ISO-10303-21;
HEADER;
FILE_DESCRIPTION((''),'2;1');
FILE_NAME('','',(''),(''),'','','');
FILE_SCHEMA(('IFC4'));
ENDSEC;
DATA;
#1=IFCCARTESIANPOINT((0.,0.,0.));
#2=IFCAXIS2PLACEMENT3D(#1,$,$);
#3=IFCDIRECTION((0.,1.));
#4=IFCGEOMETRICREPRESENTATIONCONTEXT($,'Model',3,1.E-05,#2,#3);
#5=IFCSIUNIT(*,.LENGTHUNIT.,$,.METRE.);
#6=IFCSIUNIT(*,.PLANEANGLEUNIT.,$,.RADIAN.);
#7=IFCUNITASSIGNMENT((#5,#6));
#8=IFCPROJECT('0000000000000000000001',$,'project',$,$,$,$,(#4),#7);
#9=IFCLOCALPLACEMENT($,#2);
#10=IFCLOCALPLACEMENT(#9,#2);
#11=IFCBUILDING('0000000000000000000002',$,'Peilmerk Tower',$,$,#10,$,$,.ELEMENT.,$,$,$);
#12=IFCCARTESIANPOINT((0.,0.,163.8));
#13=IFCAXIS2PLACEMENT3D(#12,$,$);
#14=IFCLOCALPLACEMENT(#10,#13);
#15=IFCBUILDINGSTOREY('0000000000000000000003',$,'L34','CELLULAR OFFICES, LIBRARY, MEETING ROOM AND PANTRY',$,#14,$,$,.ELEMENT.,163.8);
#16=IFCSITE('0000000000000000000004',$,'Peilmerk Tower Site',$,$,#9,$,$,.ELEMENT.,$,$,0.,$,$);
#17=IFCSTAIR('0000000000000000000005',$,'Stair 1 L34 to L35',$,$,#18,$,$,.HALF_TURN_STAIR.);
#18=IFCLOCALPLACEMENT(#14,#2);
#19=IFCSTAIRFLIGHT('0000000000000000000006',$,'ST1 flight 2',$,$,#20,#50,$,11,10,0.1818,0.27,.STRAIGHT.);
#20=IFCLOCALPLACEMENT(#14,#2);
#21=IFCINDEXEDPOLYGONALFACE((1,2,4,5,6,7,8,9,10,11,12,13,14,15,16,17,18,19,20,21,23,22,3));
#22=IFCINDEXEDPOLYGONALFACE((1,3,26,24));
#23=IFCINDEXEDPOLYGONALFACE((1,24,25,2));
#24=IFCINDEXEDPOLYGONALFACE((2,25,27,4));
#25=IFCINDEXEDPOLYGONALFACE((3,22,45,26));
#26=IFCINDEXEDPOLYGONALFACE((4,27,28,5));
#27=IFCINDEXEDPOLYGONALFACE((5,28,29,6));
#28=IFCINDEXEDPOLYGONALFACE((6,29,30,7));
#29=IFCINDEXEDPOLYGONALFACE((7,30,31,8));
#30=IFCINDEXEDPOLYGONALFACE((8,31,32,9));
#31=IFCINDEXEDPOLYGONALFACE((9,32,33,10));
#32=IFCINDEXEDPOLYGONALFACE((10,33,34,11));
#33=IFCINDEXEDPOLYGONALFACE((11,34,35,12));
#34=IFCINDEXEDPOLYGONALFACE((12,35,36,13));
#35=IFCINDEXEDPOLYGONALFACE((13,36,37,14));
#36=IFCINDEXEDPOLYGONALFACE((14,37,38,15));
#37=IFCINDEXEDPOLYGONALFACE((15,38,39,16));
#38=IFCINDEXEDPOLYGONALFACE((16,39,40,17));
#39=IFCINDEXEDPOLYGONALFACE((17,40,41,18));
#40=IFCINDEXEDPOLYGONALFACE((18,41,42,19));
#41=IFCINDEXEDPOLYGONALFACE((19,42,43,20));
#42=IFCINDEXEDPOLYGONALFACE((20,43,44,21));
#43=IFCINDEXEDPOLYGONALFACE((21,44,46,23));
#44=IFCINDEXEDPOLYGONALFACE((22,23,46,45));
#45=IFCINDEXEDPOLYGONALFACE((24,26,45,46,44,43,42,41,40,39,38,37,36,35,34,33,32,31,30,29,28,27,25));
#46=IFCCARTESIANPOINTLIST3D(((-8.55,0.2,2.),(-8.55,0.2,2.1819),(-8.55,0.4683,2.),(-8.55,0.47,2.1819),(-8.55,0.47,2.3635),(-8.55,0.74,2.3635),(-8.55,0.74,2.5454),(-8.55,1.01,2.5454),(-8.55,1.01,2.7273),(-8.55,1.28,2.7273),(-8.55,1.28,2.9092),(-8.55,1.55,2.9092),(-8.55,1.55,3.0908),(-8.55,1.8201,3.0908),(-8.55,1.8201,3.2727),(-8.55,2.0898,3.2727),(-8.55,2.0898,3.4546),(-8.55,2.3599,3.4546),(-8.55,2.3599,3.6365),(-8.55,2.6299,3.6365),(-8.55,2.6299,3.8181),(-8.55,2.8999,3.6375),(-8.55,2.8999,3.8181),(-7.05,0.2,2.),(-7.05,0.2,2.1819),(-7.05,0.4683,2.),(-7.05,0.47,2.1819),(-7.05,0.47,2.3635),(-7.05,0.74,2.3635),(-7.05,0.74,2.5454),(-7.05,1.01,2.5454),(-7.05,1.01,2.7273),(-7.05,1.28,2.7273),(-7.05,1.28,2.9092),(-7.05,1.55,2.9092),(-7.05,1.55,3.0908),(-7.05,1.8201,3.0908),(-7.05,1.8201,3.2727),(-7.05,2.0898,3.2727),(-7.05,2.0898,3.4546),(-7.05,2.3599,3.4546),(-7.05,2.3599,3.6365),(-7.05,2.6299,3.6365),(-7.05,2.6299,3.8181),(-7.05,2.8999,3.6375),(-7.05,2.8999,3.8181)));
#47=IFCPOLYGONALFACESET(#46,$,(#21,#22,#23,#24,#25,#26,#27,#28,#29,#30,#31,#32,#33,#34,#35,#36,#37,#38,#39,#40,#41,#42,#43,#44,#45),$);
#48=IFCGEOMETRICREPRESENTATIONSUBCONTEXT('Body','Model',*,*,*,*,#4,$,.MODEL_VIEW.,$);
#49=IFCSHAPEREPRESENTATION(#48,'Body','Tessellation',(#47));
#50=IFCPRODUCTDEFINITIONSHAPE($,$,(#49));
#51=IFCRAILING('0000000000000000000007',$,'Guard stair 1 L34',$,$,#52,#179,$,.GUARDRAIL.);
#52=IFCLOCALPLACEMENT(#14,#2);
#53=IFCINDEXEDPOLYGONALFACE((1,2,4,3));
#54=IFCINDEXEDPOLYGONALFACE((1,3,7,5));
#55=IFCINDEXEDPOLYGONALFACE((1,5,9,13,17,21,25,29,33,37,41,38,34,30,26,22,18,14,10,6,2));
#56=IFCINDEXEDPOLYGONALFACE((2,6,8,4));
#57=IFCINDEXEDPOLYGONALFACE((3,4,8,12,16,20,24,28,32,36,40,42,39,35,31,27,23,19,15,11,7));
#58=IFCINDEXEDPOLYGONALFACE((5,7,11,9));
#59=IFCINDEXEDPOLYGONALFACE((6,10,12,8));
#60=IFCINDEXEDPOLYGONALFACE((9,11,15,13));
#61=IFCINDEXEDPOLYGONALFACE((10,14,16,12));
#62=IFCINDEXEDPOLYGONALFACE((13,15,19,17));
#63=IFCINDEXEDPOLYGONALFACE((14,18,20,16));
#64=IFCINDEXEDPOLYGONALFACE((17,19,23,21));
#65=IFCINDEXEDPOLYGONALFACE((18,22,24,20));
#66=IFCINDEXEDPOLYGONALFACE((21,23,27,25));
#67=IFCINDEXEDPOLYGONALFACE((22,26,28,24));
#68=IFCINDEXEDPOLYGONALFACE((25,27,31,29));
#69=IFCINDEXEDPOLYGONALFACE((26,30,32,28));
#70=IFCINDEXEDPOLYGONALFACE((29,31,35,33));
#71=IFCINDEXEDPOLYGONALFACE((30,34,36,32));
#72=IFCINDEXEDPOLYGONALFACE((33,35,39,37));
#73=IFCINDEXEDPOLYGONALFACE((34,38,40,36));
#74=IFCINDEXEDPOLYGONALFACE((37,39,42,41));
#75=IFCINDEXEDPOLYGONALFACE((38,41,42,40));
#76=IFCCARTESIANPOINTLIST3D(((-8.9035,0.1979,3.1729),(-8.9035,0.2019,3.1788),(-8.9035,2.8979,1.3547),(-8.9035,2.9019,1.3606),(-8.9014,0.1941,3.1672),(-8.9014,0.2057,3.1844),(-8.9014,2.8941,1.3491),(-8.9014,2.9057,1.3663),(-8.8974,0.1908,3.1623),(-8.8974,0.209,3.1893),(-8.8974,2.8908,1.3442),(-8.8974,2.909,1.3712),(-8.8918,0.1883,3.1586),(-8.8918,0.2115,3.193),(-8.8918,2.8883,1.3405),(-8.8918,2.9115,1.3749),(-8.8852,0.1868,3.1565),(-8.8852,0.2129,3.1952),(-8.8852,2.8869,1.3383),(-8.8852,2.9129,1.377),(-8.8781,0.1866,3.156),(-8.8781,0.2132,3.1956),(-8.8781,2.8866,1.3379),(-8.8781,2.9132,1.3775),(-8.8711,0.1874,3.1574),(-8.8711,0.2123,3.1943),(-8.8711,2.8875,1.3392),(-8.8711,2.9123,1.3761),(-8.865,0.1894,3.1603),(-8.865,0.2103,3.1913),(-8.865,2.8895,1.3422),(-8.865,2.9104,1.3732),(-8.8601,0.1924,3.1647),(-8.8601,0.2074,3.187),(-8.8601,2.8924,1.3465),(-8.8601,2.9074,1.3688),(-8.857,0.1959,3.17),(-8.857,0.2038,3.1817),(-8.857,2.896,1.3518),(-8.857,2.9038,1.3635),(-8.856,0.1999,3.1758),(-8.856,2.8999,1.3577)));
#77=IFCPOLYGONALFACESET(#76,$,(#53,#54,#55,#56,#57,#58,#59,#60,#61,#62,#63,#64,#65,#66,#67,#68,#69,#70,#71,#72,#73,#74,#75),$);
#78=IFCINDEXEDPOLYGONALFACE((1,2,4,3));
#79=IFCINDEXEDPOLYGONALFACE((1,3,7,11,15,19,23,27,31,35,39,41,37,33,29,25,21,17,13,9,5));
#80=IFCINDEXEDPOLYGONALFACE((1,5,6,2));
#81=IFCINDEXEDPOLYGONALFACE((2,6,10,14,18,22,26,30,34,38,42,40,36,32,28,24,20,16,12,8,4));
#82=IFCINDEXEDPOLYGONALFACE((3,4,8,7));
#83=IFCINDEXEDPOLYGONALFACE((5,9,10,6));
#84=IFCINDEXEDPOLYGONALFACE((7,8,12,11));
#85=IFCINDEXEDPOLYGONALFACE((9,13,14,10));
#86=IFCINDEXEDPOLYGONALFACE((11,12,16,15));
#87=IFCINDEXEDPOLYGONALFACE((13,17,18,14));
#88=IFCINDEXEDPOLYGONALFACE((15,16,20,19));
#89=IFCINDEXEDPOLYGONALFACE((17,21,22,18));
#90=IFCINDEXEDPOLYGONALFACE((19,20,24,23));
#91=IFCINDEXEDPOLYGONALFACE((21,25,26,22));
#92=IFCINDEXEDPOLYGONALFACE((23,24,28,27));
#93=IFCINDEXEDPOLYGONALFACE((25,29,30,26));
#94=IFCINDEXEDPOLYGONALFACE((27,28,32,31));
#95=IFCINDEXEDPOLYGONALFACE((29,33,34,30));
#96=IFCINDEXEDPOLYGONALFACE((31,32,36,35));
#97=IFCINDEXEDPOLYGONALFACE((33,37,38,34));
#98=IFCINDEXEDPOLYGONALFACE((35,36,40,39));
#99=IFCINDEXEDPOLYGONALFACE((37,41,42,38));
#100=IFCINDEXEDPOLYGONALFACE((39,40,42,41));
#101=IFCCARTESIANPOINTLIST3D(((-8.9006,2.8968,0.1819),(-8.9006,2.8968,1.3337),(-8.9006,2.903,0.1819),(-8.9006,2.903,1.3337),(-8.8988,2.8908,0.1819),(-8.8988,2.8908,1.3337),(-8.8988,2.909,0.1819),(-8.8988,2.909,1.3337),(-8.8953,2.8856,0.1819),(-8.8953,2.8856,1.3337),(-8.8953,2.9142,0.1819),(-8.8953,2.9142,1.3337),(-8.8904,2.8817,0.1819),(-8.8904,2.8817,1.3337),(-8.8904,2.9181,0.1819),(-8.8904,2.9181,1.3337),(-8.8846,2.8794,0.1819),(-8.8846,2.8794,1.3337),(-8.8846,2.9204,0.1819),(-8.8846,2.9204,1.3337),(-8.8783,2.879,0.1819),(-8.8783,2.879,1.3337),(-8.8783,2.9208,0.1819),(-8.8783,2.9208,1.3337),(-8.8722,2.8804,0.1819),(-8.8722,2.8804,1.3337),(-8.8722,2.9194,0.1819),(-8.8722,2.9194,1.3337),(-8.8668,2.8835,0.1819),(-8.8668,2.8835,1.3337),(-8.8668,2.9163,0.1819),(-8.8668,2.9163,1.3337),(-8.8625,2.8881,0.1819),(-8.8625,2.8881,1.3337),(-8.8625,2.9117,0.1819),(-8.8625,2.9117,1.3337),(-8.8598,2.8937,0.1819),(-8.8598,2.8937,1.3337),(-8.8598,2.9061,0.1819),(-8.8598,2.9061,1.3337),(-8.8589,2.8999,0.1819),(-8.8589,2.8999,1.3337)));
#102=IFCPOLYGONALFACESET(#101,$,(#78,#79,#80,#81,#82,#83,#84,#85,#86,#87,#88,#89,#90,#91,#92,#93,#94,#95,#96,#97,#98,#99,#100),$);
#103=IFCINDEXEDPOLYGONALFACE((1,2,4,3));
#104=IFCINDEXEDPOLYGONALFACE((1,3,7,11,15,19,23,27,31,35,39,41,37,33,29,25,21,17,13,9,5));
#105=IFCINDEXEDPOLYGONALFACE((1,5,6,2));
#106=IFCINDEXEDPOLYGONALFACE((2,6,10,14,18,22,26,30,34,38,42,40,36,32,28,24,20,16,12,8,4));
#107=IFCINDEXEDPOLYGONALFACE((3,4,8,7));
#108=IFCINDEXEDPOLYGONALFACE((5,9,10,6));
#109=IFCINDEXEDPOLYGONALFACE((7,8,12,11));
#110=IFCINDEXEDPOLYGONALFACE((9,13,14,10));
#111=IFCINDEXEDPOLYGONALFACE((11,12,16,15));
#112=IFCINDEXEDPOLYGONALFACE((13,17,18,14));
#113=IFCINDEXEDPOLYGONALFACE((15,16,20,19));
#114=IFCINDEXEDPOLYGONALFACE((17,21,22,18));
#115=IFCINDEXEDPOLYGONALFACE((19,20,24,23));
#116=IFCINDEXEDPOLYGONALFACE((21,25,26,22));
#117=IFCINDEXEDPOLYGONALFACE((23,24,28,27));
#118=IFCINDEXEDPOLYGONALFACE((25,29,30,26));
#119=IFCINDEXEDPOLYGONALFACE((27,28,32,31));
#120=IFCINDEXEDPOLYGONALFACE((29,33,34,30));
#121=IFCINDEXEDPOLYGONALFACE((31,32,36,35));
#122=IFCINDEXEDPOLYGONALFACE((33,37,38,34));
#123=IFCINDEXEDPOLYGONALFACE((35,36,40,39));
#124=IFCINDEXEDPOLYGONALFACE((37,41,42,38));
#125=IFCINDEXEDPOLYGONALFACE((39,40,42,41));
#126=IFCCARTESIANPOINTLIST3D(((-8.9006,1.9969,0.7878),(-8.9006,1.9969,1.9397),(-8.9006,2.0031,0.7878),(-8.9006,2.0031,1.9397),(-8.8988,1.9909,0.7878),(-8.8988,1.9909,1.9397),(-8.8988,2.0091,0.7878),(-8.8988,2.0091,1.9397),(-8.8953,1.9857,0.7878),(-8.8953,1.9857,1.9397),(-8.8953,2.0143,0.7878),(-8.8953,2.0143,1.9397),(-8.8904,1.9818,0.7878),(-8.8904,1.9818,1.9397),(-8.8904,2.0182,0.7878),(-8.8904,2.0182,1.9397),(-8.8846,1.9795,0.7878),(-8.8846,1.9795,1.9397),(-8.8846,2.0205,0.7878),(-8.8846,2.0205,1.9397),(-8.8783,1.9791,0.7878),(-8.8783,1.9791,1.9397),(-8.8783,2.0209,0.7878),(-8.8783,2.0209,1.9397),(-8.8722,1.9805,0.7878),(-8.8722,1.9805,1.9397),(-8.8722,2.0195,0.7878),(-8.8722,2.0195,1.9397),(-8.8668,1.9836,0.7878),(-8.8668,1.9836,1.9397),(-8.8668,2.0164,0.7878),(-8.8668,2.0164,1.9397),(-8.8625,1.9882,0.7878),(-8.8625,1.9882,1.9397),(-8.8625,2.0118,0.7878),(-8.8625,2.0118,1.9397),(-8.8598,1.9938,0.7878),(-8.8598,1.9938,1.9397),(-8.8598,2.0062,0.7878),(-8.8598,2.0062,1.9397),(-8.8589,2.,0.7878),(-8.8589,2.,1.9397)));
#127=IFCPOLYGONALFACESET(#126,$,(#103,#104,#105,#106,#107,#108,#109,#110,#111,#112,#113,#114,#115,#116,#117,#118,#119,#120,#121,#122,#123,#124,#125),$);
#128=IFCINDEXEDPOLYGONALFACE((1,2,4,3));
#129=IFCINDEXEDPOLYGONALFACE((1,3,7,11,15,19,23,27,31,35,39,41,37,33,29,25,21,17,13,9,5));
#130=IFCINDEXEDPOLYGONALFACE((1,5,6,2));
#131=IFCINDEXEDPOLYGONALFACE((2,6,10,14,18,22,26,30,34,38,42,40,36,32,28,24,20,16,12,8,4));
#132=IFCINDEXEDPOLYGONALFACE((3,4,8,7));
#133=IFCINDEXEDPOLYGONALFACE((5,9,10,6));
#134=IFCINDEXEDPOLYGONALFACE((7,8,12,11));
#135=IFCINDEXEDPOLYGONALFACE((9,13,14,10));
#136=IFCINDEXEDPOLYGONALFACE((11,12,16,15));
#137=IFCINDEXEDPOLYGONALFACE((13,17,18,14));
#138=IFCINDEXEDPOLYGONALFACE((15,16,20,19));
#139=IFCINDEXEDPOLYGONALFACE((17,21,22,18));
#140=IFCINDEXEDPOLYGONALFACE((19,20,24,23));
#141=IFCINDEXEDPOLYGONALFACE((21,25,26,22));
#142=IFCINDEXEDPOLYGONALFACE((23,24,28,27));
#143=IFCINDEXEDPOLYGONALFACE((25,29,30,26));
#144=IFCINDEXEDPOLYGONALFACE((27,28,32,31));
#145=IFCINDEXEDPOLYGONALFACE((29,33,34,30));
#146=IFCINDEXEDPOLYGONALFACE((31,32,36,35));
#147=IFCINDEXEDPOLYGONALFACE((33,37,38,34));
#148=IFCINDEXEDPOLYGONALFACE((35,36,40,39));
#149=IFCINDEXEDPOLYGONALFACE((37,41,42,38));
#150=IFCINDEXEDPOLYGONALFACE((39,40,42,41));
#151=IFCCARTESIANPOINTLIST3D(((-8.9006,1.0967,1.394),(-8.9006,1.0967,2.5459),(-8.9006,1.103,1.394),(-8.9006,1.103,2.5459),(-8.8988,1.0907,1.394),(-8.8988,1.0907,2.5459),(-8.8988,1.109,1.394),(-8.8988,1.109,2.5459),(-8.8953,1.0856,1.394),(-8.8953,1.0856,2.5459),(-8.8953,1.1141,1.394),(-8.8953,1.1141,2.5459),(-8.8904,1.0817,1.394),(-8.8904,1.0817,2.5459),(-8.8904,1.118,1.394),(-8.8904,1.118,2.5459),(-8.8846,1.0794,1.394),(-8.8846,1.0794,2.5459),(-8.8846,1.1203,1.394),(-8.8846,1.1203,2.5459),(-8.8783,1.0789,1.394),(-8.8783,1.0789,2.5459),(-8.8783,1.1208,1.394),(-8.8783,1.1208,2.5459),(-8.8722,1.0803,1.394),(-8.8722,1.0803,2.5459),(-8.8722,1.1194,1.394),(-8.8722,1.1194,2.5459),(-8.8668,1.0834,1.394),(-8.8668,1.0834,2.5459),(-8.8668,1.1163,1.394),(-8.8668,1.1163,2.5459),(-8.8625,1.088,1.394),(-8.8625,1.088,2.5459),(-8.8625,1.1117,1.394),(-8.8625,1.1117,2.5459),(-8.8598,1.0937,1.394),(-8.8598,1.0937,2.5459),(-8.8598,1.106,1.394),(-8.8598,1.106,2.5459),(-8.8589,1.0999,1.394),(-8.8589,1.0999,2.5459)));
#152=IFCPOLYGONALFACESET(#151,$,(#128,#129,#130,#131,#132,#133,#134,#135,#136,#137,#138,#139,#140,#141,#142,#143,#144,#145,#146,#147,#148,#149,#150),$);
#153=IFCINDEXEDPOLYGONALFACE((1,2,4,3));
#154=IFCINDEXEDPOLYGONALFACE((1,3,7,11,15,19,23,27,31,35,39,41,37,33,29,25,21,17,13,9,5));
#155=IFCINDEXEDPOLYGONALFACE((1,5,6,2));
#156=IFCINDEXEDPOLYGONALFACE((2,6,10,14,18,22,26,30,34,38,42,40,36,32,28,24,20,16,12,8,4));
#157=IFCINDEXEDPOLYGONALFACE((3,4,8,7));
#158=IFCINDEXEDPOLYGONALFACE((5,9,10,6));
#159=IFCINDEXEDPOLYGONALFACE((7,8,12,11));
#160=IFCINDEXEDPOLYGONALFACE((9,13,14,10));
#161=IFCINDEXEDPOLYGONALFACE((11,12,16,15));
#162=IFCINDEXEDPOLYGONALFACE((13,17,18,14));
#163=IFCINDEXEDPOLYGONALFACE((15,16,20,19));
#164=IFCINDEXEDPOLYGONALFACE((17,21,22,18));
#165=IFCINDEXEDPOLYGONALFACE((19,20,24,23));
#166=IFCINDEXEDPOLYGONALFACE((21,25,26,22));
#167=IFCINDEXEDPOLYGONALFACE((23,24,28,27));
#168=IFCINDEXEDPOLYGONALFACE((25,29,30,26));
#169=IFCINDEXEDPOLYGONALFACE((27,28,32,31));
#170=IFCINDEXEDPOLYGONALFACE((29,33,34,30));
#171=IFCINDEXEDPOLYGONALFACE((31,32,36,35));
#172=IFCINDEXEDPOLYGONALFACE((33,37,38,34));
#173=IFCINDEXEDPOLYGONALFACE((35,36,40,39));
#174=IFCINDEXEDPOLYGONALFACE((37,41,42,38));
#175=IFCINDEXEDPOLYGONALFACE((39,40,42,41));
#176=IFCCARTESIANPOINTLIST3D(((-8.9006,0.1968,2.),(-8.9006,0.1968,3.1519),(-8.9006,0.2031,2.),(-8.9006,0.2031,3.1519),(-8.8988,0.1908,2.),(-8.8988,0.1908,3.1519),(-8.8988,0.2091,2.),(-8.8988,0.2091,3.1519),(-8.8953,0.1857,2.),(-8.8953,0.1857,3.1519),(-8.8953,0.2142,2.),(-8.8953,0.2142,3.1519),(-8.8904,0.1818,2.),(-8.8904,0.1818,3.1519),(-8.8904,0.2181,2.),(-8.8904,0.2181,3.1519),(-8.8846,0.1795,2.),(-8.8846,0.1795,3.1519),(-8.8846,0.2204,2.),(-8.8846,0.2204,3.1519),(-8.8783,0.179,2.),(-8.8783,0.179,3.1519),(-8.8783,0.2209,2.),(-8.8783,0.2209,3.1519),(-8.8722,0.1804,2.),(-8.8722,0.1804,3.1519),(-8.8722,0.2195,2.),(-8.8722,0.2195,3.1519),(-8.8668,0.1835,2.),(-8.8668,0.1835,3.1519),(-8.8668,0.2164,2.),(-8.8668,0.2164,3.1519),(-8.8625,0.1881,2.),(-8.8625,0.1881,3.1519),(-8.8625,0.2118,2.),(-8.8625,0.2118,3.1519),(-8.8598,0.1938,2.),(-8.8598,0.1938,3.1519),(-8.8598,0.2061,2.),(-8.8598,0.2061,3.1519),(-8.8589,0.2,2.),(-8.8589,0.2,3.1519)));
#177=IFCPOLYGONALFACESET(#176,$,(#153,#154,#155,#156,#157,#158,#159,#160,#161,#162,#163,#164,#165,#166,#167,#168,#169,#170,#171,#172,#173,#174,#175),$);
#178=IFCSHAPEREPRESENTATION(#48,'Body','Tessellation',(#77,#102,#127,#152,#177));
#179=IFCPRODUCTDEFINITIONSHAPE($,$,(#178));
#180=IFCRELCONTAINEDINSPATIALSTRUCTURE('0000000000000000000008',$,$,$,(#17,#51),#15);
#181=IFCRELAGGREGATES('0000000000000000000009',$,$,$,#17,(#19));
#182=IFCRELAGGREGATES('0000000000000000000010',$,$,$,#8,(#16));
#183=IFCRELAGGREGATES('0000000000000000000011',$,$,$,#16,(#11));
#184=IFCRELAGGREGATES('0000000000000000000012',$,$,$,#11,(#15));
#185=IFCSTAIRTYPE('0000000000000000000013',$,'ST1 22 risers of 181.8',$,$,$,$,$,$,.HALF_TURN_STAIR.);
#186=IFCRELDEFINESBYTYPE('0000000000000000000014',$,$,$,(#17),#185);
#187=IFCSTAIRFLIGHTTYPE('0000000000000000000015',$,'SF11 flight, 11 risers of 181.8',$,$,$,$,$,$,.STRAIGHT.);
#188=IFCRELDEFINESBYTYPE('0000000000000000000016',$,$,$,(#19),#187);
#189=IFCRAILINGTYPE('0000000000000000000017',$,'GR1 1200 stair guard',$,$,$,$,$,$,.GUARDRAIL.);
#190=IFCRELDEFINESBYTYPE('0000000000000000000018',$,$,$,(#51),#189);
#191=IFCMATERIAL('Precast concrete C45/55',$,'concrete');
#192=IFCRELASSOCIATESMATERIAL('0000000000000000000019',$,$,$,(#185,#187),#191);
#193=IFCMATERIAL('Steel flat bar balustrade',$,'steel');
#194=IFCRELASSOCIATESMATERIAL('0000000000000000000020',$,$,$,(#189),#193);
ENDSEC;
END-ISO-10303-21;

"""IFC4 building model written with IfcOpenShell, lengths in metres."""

from ifc_helpers import new_model, si_unit, direction, frame, origin, origin_2d, place, context, subcontext, project, spatial, polyline, circle, outline, extrude, material, type_object, element, aggregate, save


model = new_model("IFC4")

# Units and contexts
model_context = context("Model", 3, precision=1e-05, world=origin(), true_north=direction((0.0, 1.0)))
body_context = subcontext(model_context, "Body", "Model", "MODEL_VIEW")
ifc_project = project(units=[si_unit("LENGTHUNIT", "METRE"), si_unit("PLANEANGLEUNIT", "RADIAN")], contexts=[model_context])

# Site, building, storey
site_placement = place(None, origin())
site = spatial("IfcSite", under=ifc_project, at=site_placement, Name="Peilmerk Tower Site", CompositionType="ELEMENT", RefElevation=0.0)
building_placement = place(site_placement, origin())
building = spatial("IfcBuilding", under=site, at=building_placement, Name="Peilmerk Tower", CompositionType="ELEMENT")
storey_placement = place(building_placement, frame((0.0, 0.0, 163.8)))
storey = spatial("IfcBuildingStorey", under=building, at=storey_placement, Name="L34", Description="CELLULAR OFFICES, LIBRARY, MEETING ROOM AND PANTRY", CompositionType="ELEMENT", Elevation=163.8)

# Stair, stair flight
ifc_material_1 = material(Name="Precast concrete C45/55", Category="concrete")
stair_type = type_object("IfcStairType", Name="ST1 22 risers of 181.8", PredefinedType="HALF_TURN_STAIR", material=ifc_material_1)
stair_placement = place(storey_placement, origin())
stair = element("IfcStair", 1, at=stair_placement, inside=storey, type_object=stair_type, Name="Stair 1 L34 to L35", PredefinedType="HALF_TURN_STAIR")
stair_flight_type = type_object("IfcStairFlightType", Name="SF11 flight, 11 risers of 181.8", PredefinedType="STRAIGHT", material=ifc_material_1)
stair_flight_1_placement = place(storey_placement, frame((-7.8, 0.2, 2.0), z_axis=(0.0, 0.0, 1.0), x_axis=(0.0, 1.0, 0.0)))
stair_flight_1 = element("IfcStairFlight", 2, at=stair_flight_1_placement, type_object=stair_flight_type, Name="ST1 flight 2", NumberOfRisers=11, NumberOfTreads=10, PredefinedType="STRAIGHT", RiserHeight=0.1818, TreadLength=0.27, context=body_context, shape_type="SweptSolid", body=[
    extrude(outline(polyline([(0.0, 0.0), (0.0, 0.1819), (0.27, 0.1819), (0.27, 0.3635), (0.54, 0.3635), (0.54, 0.5454), (0.8101, 0.5454), (0.8101, 0.7273), (1.0801, 0.7273), (1.0801, 0.9092), (1.3501, 0.9092), (1.3501, 1.0908), (1.6201, 1.0908), (1.6201, 1.2727), (1.8899, 1.2727), (1.8899, 1.4546), (2.1599, 1.4546), (2.1599, 1.6365), (2.4299, 1.6365), (2.4299, 1.8181), (2.7, 1.8181), (2.7, 2.0), (2.7, 1.6375), (0.2683, 0.0), (0.0, 0.0)])), frame((0.0, 0.75, 0.0), z_axis=(0.0, -1.0, 0.0), x_axis=(1.0, 0.0, 0.0)), (0.0, 0.0, 1.0), 1.5),
])
aggregate(stair, [stair_flight_1])

# Railing
ifc_material_2 = material(Name="Steel flat bar balustrade", Category="steel")
railing_type_1 = type_object("IfcRailingType", Name="GR1 1200 stair guard", PredefinedType="GUARDRAIL", material=ifc_material_2)
railing_1_placement = place(storey_placement, frame((-8.8799, 2.8999, 0.1819)))
element("IfcRailing", 3, at=railing_1_placement, inside=storey, type_object=railing_type_1, Name="Guard stair 1 L34", PredefinedType="GUARDRAIL", context=body_context, shape_type="SweptSolid", body=[
    extrude(circle(Radius=0.0239, at=origin_2d()), frame((0.0, 0.0, 1.1758), z_axis=(0.0, -0.829468, 0.558554), x_axis=(1.0, 0.0, 0.0)), (0.0, 0.0, 1.0), 3.2551),
    extrude(circle(Radius=0.021, at=origin_2d()), origin(), (0.0, 0.0, 1.0), 1.1519),
    extrude(circle(Radius=0.021, at=origin_2d()), frame((0.0, -0.8999, 0.606)), (0.0, 0.0, 1.0), 1.1519),
    extrude(circle(Radius=0.021, at=origin_2d()), frame((0.0, -1.8, 1.2122)), (0.0, 0.0, 1.0), 1.1519),
    extrude(circle(Radius=0.021, at=origin_2d()), frame((0.0, -2.7, 1.8181)), (0.0, 0.0, 1.0), 1.1519),
])

save(model, "model.ifc")
